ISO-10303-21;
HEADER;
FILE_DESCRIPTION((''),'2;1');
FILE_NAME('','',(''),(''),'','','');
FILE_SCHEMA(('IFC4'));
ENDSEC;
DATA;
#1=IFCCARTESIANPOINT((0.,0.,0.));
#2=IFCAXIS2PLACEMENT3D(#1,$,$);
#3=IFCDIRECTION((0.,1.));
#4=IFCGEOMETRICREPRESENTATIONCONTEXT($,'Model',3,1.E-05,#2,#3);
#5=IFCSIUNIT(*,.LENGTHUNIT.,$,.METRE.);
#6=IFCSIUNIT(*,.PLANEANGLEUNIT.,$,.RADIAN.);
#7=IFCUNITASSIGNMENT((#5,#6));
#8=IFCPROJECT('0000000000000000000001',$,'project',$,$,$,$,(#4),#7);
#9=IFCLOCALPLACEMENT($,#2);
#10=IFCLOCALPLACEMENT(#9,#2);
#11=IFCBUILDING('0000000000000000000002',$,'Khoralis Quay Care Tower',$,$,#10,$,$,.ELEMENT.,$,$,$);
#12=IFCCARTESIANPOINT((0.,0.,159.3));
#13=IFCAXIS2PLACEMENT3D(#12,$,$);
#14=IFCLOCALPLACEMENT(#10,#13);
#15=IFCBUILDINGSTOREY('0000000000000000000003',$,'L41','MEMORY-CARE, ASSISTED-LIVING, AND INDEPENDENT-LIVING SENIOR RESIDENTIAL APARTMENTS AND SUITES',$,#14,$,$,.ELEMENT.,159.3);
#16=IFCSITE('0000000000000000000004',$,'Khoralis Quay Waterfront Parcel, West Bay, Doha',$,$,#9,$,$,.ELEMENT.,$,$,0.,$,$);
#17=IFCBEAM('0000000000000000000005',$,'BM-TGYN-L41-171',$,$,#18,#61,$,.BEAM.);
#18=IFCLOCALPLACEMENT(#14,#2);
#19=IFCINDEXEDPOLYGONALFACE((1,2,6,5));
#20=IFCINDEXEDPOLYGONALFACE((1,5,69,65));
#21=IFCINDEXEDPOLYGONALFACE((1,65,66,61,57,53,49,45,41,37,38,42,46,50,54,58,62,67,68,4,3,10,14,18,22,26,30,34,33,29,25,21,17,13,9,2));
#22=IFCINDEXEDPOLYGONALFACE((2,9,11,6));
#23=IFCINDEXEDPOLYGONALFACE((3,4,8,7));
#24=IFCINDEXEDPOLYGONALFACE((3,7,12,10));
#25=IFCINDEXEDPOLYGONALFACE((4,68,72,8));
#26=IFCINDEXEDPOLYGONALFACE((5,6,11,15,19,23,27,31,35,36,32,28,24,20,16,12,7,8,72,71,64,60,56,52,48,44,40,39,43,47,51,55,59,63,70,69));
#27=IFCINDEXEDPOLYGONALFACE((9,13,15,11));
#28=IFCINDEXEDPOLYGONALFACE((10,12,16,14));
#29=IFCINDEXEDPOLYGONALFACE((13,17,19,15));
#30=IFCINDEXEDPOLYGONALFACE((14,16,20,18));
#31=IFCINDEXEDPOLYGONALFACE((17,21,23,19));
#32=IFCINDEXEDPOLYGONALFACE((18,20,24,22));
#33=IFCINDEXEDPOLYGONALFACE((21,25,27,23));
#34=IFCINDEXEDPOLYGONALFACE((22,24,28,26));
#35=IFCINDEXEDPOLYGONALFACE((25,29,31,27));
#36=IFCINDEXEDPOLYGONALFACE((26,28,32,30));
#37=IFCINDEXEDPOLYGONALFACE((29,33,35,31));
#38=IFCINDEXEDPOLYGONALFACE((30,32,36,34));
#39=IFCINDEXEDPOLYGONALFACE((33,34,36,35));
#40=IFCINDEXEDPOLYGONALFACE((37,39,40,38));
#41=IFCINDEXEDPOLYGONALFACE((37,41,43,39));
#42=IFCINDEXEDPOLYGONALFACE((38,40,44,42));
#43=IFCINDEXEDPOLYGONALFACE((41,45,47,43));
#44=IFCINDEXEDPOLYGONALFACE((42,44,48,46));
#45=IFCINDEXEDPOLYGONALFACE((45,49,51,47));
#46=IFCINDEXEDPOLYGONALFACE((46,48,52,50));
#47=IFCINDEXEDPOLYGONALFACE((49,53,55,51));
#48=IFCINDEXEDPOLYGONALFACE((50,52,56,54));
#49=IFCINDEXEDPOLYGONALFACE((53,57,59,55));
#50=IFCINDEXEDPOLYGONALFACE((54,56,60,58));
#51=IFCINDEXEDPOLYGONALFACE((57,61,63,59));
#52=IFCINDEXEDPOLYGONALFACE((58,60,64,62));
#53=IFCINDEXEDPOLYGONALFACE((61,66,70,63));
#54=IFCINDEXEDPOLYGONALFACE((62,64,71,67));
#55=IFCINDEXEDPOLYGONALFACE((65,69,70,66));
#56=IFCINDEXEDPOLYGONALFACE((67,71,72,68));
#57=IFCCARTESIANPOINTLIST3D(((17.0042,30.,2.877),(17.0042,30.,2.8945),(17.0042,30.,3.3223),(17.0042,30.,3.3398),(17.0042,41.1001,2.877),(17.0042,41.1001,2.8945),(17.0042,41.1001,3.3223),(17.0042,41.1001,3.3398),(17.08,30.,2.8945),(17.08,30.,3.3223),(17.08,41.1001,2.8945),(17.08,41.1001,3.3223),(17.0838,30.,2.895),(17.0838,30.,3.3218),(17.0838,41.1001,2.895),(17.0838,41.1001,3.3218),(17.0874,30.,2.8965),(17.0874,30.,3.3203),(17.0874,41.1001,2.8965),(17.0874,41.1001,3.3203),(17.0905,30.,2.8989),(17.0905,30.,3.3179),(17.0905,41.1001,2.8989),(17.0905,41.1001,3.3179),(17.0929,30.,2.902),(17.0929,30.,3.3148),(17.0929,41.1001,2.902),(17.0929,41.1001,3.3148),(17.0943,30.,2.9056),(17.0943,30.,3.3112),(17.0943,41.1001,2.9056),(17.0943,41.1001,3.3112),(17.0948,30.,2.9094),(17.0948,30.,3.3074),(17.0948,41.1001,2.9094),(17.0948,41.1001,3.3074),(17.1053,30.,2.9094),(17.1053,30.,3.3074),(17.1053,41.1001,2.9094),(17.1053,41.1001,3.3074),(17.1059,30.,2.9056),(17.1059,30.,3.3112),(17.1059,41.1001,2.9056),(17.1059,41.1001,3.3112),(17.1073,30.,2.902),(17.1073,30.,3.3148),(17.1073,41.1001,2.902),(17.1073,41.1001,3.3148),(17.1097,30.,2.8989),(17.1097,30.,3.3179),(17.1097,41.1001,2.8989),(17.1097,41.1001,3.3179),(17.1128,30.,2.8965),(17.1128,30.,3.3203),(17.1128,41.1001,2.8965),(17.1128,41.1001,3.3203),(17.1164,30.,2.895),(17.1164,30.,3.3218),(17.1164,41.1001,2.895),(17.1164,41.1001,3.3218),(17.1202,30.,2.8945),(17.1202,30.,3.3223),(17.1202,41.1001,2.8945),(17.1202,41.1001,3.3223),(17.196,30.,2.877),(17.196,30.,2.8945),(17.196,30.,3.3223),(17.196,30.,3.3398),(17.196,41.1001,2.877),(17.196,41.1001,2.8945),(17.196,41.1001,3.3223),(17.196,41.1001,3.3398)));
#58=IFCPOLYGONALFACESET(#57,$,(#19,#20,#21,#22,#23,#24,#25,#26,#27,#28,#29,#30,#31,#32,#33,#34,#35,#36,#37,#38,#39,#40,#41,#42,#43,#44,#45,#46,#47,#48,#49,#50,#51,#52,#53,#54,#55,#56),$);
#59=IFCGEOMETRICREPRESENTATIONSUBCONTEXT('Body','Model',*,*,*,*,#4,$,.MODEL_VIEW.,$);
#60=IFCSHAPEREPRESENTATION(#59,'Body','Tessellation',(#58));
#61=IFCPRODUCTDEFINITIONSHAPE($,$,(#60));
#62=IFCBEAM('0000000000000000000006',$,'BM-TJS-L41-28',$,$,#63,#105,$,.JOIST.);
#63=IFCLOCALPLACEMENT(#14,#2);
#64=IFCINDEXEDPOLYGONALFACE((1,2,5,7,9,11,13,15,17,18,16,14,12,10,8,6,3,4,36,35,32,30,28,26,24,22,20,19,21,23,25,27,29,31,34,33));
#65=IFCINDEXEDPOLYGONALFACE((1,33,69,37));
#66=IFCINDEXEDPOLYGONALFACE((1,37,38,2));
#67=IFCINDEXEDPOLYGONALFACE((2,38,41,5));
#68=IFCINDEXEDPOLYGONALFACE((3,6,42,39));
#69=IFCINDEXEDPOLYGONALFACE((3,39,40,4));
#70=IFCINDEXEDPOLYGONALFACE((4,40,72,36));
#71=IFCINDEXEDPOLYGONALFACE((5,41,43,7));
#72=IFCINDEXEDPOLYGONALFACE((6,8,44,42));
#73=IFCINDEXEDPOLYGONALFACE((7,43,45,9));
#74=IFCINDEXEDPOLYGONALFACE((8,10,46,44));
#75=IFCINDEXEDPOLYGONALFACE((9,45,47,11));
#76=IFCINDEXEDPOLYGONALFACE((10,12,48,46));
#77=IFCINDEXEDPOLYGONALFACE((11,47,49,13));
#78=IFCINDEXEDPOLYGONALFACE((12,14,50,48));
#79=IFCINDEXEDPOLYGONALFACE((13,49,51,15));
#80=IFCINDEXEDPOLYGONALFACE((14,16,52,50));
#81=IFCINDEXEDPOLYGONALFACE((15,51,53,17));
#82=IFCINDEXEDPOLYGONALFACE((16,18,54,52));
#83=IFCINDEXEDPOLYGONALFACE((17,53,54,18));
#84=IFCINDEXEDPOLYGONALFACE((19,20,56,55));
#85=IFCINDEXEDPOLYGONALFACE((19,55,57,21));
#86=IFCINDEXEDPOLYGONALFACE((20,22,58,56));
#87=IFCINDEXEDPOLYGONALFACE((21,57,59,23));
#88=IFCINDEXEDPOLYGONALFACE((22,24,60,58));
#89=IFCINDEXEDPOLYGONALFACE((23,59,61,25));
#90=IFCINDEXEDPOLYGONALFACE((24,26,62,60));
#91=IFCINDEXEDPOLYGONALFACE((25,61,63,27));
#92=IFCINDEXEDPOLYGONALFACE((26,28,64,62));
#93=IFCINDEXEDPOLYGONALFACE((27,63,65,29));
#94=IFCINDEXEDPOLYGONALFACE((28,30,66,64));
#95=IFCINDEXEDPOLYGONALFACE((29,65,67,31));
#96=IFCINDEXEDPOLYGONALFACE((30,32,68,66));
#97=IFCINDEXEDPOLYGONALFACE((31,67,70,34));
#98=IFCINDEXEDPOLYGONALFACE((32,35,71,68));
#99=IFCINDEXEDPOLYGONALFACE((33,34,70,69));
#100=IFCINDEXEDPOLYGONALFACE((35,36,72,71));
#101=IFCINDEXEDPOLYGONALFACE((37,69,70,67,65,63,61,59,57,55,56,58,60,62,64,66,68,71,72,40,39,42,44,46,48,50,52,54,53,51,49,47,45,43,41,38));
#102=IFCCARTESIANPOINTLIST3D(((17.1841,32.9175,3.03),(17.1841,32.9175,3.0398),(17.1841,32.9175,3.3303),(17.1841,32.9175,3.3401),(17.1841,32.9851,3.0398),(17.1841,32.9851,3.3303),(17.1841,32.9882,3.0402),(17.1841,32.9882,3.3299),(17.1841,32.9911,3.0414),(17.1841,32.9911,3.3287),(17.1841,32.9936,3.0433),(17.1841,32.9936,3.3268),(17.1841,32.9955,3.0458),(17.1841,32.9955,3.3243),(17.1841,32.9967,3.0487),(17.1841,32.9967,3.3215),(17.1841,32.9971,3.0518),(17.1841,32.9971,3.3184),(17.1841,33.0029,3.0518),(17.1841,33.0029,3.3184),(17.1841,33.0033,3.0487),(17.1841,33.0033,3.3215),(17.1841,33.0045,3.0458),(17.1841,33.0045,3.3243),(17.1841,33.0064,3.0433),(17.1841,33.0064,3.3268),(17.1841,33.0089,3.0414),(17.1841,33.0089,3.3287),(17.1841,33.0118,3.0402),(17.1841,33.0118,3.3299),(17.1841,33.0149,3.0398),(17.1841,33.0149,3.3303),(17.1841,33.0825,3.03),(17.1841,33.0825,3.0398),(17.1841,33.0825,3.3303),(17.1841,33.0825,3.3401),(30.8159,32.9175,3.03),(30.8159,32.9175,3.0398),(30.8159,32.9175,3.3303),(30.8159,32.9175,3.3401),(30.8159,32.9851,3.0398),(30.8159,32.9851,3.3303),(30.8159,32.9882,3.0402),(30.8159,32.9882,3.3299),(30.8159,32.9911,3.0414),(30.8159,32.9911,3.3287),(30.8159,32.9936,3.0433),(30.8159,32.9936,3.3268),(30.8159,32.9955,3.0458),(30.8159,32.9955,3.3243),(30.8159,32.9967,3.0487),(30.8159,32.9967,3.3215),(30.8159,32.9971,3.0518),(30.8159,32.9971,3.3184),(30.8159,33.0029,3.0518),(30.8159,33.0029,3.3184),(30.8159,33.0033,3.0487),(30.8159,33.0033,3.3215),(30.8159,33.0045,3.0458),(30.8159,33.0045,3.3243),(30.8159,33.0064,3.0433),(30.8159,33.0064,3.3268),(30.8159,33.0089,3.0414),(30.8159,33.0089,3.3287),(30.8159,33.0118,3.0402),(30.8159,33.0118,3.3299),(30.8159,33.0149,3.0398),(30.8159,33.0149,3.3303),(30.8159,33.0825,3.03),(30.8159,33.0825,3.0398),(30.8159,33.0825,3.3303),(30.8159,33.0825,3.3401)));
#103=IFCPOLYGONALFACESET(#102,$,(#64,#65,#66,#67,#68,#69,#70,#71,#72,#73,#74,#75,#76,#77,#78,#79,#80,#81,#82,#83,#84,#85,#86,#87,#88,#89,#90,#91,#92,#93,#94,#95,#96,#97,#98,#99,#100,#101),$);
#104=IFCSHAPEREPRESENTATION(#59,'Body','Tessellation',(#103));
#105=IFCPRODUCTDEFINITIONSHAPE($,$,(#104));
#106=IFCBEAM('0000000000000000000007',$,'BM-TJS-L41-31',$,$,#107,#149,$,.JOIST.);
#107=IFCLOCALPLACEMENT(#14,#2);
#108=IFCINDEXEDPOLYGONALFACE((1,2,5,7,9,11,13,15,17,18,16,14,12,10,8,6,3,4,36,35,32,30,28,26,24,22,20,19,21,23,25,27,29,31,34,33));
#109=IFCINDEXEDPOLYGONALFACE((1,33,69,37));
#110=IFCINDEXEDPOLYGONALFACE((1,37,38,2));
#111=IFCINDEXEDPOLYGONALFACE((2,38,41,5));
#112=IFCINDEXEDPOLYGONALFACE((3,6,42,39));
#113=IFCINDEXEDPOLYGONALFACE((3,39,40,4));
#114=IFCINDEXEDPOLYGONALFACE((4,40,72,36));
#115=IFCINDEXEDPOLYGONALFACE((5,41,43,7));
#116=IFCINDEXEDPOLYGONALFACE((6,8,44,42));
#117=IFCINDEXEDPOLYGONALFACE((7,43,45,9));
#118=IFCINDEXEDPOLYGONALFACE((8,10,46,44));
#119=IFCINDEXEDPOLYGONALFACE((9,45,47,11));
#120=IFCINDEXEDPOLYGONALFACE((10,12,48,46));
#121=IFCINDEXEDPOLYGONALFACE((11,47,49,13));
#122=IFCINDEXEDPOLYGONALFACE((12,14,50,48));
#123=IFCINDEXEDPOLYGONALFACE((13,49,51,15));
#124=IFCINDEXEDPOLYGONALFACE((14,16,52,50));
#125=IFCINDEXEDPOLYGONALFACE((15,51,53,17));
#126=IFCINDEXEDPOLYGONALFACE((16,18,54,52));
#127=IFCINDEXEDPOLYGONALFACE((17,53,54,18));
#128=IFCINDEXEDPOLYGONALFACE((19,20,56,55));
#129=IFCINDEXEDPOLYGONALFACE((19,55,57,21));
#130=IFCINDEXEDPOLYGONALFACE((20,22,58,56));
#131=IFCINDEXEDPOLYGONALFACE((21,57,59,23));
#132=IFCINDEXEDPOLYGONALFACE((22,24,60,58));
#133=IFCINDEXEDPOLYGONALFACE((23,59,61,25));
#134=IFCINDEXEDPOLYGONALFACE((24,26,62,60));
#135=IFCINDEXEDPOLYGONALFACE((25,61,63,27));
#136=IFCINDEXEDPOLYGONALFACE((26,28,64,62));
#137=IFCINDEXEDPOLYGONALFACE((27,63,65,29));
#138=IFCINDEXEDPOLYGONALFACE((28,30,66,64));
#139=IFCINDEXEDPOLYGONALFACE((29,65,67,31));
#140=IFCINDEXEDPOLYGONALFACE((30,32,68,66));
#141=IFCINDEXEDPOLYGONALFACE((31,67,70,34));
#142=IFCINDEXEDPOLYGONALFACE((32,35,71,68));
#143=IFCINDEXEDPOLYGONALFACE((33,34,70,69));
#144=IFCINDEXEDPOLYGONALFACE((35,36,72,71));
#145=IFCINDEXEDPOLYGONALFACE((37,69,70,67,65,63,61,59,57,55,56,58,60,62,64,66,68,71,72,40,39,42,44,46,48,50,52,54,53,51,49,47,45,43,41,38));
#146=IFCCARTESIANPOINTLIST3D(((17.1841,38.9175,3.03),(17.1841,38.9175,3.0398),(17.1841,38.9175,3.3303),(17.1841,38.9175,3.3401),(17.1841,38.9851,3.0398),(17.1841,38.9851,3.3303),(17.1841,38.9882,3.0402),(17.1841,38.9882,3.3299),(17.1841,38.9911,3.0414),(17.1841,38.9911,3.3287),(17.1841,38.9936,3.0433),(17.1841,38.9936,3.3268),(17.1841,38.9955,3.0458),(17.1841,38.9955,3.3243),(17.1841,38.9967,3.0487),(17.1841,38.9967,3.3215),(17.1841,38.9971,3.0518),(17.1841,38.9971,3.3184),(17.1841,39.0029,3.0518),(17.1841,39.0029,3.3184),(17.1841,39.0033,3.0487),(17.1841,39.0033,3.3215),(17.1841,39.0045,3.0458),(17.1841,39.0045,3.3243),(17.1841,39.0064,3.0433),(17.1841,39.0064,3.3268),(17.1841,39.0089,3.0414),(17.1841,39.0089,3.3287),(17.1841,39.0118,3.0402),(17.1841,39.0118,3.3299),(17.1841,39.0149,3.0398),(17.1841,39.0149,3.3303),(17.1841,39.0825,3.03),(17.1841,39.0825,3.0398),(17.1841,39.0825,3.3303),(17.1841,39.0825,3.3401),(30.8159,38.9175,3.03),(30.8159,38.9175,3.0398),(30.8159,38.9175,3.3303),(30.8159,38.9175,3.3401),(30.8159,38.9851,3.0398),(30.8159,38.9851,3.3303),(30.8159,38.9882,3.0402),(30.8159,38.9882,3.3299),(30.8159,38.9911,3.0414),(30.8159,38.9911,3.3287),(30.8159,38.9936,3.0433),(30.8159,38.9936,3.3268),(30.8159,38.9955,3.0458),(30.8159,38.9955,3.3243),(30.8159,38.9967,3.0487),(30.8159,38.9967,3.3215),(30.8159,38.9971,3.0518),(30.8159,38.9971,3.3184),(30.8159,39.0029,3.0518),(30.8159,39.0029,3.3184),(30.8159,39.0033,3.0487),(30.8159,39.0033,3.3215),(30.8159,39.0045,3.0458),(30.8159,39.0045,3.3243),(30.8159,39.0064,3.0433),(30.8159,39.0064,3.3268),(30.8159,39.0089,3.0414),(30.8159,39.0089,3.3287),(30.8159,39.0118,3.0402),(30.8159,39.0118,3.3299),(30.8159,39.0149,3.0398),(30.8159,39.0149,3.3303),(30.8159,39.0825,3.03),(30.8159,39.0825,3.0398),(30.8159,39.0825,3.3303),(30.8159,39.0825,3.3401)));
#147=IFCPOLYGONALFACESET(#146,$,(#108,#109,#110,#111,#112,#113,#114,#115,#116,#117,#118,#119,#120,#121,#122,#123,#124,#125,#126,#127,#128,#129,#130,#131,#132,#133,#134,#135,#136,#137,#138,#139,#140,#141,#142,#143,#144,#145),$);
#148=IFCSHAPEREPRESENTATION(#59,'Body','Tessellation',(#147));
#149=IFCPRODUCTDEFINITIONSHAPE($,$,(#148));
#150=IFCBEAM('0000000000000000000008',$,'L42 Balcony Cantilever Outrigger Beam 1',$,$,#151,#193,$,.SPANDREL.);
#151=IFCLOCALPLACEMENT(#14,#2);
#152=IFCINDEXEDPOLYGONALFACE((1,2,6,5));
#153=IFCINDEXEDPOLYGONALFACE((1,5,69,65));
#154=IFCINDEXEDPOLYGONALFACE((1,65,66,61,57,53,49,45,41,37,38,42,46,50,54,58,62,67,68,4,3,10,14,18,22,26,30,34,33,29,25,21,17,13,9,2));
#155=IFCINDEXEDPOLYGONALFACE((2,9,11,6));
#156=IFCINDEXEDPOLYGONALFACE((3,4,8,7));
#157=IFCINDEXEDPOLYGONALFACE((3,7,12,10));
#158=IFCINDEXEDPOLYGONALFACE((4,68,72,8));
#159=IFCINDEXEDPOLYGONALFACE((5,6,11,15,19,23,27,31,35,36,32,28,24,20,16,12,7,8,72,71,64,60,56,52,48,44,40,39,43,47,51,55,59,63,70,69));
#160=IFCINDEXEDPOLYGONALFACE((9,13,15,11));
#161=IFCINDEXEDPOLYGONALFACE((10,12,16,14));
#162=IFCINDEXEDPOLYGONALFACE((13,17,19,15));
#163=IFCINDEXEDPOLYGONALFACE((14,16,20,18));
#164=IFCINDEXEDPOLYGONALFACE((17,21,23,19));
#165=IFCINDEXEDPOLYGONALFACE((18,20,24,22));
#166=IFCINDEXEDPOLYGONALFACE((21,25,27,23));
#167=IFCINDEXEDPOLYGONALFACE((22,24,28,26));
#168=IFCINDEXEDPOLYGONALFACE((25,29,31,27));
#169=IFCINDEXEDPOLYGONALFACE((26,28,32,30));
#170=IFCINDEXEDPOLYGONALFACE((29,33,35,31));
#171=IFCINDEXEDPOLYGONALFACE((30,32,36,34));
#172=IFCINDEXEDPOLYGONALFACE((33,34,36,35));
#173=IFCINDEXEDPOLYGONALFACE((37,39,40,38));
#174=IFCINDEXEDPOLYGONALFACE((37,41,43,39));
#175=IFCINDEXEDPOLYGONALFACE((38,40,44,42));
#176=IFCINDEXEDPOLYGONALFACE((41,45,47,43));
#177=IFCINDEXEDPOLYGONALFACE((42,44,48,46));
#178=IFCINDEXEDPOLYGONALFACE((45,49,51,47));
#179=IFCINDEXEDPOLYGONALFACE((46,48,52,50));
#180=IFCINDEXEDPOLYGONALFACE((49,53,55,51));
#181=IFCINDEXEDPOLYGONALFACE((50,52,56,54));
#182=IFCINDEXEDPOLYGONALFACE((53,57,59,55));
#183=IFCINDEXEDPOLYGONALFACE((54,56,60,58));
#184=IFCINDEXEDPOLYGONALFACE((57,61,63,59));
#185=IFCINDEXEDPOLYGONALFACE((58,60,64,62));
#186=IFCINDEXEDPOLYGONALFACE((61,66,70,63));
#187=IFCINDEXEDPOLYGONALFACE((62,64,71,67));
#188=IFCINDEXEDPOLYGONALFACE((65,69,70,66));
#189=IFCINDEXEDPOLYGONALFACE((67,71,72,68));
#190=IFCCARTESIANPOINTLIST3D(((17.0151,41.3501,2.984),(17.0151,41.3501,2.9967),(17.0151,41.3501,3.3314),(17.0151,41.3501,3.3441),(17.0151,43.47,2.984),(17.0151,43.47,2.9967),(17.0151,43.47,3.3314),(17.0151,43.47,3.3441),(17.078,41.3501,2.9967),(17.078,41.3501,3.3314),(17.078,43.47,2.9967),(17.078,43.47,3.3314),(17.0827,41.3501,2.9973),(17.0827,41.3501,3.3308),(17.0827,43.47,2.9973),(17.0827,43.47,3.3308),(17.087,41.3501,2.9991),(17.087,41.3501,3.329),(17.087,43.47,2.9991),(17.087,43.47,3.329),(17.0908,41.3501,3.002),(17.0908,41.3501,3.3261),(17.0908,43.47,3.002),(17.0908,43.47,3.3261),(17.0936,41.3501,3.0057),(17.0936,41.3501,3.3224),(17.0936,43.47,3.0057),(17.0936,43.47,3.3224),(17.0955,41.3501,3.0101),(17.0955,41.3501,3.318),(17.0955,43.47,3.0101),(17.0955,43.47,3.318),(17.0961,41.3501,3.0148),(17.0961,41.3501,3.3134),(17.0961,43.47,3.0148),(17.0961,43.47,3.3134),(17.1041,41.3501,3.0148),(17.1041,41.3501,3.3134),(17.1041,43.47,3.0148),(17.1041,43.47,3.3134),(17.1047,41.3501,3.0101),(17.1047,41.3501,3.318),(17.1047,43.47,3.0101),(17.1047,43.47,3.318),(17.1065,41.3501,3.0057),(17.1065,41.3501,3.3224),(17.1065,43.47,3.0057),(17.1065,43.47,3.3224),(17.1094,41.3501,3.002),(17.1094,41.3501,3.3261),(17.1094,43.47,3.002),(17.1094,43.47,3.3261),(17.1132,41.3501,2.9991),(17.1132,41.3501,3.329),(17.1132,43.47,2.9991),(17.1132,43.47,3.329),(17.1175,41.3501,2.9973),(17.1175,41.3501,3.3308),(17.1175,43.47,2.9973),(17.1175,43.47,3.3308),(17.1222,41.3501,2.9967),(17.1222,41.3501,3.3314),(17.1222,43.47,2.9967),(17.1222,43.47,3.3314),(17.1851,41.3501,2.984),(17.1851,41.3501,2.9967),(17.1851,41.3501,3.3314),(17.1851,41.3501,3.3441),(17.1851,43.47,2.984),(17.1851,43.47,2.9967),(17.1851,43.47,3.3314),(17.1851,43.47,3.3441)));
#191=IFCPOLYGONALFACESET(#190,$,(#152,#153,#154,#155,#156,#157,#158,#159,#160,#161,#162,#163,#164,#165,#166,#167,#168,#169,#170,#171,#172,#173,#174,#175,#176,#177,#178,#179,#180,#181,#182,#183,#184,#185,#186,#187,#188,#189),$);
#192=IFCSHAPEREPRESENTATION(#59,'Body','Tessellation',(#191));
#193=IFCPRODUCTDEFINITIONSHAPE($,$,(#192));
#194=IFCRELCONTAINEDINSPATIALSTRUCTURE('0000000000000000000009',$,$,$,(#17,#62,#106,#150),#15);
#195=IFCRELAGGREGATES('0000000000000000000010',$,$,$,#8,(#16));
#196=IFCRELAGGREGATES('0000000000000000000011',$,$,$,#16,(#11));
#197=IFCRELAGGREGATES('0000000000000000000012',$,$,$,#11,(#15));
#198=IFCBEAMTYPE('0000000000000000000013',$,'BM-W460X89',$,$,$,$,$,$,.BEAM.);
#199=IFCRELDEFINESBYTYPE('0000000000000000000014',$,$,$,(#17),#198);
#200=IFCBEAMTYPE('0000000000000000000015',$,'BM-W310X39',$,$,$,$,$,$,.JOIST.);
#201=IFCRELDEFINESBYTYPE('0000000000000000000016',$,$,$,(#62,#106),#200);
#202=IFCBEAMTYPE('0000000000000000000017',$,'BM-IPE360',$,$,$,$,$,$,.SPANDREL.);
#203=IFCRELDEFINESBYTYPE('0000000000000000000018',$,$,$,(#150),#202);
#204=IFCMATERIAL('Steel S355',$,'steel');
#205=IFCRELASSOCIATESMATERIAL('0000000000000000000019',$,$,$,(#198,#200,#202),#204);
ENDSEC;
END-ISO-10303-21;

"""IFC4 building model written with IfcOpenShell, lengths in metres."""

from ifc_helpers import new_model, si_unit, direction, frame, origin, origin_2d, place, context, subcontext, project, spatial, i_section, extrude, source, transform, mapped, material, material_profile, profile_set, type_object, element, save


model = new_model("IFC4")

# Units and contexts
model_context = context("Model", 3, precision=1e-05, world=origin(), true_north=direction((0.0, 1.0)))
body_context = subcontext(model_context, "Body", "Model", "MODEL_VIEW")
ifc_project = project(units=[si_unit("LENGTHUNIT", "METRE"), si_unit("PLANEANGLEUNIT", "RADIAN")], contexts=[model_context])

# Site, building, storey
site_placement = place(None, origin())
site = spatial("IfcSite", under=ifc_project, at=site_placement, Name="Khoralis Quay Waterfront Parcel, West Bay, Doha", CompositionType="ELEMENT", RefElevation=0.0)
building_placement = place(site_placement, origin())
building = spatial("IfcBuilding", under=site, at=building_placement, Name="Khoralis Quay Care Tower", CompositionType="ELEMENT")
storey_placement = place(building_placement, frame((0.0, 0.0, 159.3)))
storey = spatial("IfcBuildingStorey", under=building, at=storey_placement, Name="L41", Description="MEMORY-CARE, ASSISTED-LIVING, AND INDEPENDENT-LIVING SENIOR RESIDENTIAL APARTMENTS AND SUITES", CompositionType="ELEMENT", Elevation=159.3)

# Beams
ifc_material_1 = material(Name="Steel S355", Category="steel")
ifc_material_profile_1 = material_profile(ifc_material_1, i_section(OverallWidth=0.1919, OverallDepth=0.4629, WebThickness=0.0105, FlangeThickness=0.0176, FilletRadius=0.0149, at=origin_2d()), Name="Steel S355")
ifc_profile_set_1 = profile_set([ifc_material_profile_1], Name="Steel S355")
beam_type_1 = type_object("IfcBeamType", Name="BM-W460X89", PredefinedType="BEAM", material=ifc_profile_set_1)
shared_shape_1 = source(origin(), body_context, "Body", "SweptSolid", [
    extrude(i_section(OverallWidth=0.1919, OverallDepth=0.4629, WebThickness=0.0105, FlangeThickness=0.0176, FilletRadius=0.0149, at=origin_2d()), origin(), (0.0, 0.0, 1.0), 11.1001),
])
beam_1_placement = place(storey_placement, frame((17.1001, 30.0, 3.1084), z_axis=(0.0, 1.0, 0.0), x_axis=(-1.0, 0.0, 0.0)))
element("IfcBeam", 1, at=beam_1_placement, inside=storey, type_object=beam_type_1, Name="BM-TGYN-L41-171", PredefinedType="BEAM", context=body_context, shape_type="MappedRepresentation", body=[
    mapped(shared_shape_1, transform((0.0, 0.0, 0.0), scale=1.0)),
])
ifc_material_profile_2 = material_profile(ifc_material_1, i_section(OverallWidth=0.165, OverallDepth=0.3101, WebThickness=0.0059, FlangeThickness=0.0098, FilletRadius=0.012, at=origin_2d()), Name="Steel S355")
ifc_profile_set_2 = profile_set([ifc_material_profile_2], Name="Steel S355")
beam_type_2 = type_object("IfcBeamType", Name="BM-W310X39", PredefinedType="JOIST", material=ifc_profile_set_2)
shared_shape_2 = source(origin(), body_context, "Body", "SweptSolid", [
    extrude(i_section(OverallWidth=0.165, OverallDepth=0.3101, WebThickness=0.0059, FlangeThickness=0.0098, FilletRadius=0.012, at=origin_2d()), origin(), (0.0, 0.0, 1.0), 13.6318),
])
for number, where, z_axis, x_axis, name in (
    (2, (17.1841, 33.0, 3.1851), (1.0, 0.0, 0.0), (0.0, 1.0, 0.0), "BM-TJS-L41-28"),
    (3, (17.1841, 39.0, 3.1851), (1.0, 0.0, 0.0), (0.0, 1.0, 0.0), "BM-TJS-L41-31"),
):
    element("IfcBeam", number, at=place(storey_placement, frame(where, z_axis=z_axis, x_axis=x_axis)), inside=storey, type_object=beam_type_2, Name=name, PredefinedType="JOIST", context=body_context, shape_type="MappedRepresentation", body=[
        mapped(shared_shape_2, transform((0.0, 0.0, 0.0), scale=1.0)),
    ])
ifc_material_profile_3 = material_profile(ifc_material_1, i_section(OverallWidth=0.1699, OverallDepth=0.3601, WebThickness=0.0081, FlangeThickness=0.0127, FilletRadius=0.0181, at=origin_2d()), Name="Steel S355")
ifc_profile_set_3 = profile_set([ifc_material_profile_3], Name="Steel S355")
beam_type_3 = type_object("IfcBeamType", Name="BM-IPE360", PredefinedType="SPANDREL", material=ifc_profile_set_3)
shared_shape_3 = source(origin(), body_context, "Body", "SweptSolid", [
    extrude(i_section(OverallWidth=0.1699, OverallDepth=0.3601, WebThickness=0.0081, FlangeThickness=0.0127, FilletRadius=0.0181, at=origin_2d()), origin(), (0.0, 0.0, 1.0), 2.1199),
])
beam_2_placement = place(storey_placement, frame((17.1001, 41.3501, 3.1641), z_axis=(0.0, 1.0, 0.0), x_axis=(-1.0, 0.0, 0.0)))
element("IfcBeam", 4, at=beam_2_placement, inside=storey, type_object=beam_type_3, Name="L42 Balcony Cantilever Outrigger Beam 1", PredefinedType="SPANDREL", context=body_context, shape_type="MappedRepresentation", body=[
    mapped(shared_shape_3, transform((0.0, 0.0, 0.0), scale=1.0)),
])

save(model, "model.ifc")
